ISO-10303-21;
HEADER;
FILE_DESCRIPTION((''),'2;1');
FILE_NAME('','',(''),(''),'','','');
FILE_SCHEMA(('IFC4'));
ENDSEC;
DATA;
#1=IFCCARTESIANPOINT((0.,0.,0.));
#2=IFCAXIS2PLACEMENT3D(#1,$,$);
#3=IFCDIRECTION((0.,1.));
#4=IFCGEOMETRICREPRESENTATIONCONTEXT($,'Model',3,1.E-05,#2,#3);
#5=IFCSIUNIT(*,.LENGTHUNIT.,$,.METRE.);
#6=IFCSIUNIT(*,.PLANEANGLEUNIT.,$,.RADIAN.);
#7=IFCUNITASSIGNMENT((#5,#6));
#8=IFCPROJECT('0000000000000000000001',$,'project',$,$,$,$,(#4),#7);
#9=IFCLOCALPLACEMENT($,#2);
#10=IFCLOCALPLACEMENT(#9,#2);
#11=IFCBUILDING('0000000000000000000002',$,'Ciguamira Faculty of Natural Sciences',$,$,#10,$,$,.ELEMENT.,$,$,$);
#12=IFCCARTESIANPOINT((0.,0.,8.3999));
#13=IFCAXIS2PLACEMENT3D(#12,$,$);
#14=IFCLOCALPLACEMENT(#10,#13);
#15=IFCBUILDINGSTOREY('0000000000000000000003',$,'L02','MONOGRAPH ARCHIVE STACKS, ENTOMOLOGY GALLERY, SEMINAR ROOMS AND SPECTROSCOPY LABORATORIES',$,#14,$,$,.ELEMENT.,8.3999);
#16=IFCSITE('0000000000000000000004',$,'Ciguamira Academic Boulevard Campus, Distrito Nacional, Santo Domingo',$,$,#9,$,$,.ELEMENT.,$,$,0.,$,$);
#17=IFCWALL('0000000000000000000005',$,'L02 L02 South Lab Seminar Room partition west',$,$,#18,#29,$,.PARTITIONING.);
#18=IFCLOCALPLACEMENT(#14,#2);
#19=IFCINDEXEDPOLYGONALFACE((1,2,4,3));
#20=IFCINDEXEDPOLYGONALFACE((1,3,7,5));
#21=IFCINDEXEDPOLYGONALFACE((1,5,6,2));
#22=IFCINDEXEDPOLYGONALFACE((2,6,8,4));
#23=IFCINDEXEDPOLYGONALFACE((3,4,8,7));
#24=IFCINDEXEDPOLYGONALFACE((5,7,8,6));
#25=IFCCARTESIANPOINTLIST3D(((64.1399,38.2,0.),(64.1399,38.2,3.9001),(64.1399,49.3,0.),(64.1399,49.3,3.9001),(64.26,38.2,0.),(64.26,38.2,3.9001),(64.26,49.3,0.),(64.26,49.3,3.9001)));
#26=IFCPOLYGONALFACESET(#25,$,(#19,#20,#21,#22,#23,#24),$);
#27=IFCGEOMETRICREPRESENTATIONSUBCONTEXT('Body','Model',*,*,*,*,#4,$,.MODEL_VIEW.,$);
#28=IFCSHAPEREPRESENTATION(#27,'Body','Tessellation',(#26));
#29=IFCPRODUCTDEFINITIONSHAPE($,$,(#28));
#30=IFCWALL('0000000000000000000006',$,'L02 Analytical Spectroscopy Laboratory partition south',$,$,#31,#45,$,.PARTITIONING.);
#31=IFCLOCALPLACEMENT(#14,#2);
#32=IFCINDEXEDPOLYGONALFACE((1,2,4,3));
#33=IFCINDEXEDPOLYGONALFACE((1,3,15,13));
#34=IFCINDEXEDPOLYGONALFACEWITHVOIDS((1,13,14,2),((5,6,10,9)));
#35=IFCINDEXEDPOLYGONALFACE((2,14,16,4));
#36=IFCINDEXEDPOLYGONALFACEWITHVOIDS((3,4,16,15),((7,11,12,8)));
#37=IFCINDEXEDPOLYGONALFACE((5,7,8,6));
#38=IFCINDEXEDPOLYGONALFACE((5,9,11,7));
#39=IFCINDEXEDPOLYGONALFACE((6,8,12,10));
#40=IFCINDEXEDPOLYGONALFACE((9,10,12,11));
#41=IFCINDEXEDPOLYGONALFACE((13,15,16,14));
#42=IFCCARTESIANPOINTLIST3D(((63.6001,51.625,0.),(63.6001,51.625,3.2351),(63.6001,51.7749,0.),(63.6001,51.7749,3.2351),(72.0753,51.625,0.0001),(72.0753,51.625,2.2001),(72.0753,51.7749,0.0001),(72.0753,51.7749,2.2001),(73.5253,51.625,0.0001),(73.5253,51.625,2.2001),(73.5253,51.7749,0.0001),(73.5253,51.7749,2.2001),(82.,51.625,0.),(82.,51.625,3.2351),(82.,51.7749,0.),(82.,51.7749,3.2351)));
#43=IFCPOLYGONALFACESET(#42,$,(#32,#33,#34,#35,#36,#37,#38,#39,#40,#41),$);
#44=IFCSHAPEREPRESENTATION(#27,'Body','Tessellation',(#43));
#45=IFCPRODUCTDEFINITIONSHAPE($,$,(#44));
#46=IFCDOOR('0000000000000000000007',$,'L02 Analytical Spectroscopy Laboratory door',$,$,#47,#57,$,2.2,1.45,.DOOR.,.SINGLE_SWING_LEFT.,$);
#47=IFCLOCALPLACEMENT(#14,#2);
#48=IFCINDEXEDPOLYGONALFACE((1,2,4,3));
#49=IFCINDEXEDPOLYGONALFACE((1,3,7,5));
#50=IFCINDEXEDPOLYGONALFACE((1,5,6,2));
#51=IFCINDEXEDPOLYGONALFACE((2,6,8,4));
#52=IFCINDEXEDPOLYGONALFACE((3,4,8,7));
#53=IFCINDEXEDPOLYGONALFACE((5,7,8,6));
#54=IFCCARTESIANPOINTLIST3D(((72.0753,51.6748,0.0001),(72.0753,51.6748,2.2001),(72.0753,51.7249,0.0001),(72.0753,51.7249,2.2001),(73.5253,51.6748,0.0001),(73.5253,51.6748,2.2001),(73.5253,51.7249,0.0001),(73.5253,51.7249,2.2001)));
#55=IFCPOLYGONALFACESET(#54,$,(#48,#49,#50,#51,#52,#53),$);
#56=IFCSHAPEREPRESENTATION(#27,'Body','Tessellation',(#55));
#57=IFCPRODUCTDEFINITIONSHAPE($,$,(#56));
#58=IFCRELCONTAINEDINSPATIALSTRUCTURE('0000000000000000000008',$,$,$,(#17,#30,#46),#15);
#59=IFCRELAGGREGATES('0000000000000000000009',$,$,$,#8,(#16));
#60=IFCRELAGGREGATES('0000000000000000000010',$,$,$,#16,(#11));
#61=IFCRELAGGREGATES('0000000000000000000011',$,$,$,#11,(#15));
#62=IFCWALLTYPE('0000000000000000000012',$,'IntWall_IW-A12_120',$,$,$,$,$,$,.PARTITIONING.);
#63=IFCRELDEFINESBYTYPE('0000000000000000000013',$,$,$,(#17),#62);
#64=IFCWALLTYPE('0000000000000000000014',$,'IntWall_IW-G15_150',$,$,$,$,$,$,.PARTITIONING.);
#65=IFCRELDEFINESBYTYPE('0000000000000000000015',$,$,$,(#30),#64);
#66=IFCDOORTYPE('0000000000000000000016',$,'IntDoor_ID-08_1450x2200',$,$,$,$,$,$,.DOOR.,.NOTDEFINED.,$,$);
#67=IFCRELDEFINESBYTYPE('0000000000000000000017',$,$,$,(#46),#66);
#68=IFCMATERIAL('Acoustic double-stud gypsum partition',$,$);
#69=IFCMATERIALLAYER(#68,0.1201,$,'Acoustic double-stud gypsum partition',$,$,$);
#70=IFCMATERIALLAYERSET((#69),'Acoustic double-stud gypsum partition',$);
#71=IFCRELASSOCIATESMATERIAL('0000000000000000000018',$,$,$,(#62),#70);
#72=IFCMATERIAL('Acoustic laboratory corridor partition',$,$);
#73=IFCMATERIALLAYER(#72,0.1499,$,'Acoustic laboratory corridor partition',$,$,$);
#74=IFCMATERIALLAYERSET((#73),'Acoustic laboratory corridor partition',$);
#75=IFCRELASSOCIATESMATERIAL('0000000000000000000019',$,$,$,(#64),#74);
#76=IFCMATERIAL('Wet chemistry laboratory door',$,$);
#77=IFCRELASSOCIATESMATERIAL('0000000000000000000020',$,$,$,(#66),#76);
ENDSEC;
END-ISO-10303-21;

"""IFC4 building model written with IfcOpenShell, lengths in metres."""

from ifc_helpers import new_model, si_unit, direction, frame, frame_2d, origin, place, context, subcontext, project, spatial, rectangle, extrude, material, layer, layer_set, type_object, element, fill, save


model = new_model("IFC4")

# Units and contexts
model_context = context("Model", 3, precision=1e-05, world=origin(), true_north=direction((0.0, 1.0)))
body_context = subcontext(model_context, "Body", "Model", "MODEL_VIEW")
ifc_project = project(units=[si_unit("LENGTHUNIT", "METRE"), si_unit("PLANEANGLEUNIT", "RADIAN")], contexts=[model_context])

# Site, building, storey
site_placement = place(None, origin())
site = spatial("IfcSite", under=ifc_project, at=site_placement, Name="Ciguamira Academic Boulevard Campus, Distrito Nacional, Santo Domingo", CompositionType="ELEMENT", RefElevation=0.0)
building_placement = place(site_placement, origin())
building = spatial("IfcBuilding", under=site, at=building_placement, Name="Ciguamira Faculty of Natural Sciences", CompositionType="ELEMENT")
storey_placement = place(building_placement, frame((0.0, 0.0, 8.3999)))
storey = spatial("IfcBuildingStorey", under=building, at=storey_placement, Name="L02", Description="MONOGRAPH ARCHIVE STACKS, ENTOMOLOGY GALLERY, SEMINAR ROOMS AND SPECTROSCOPY LABORATORIES", CompositionType="ELEMENT", Elevation=8.3999)

# Shared definitions
ifc_material_1 = material(Name="Acoustic double-stud gypsum partition")
ifc_layer_1 = layer(ifc_material_1, 0.1201, Name="Acoustic double-stud gypsum partition")
ifc_layer_set_1 = layer_set([ifc_layer_1], Name="Acoustic double-stud gypsum partition")
wall_type_1 = type_object("IfcWallType", Name="IntWall_IW-A12_120", PredefinedType="PARTITIONING", material=ifc_layer_set_1)

# Wall
wall_1_placement = place(storey_placement, frame((64.2, 38.2, 0.0), z_axis=(0.0, 0.0, 1.0), x_axis=(0.0, 1.0, 0.0)))
element("IfcWall", 1, at=wall_1_placement, inside=storey, type_object=wall_type_1, Name="L02 L02 South Lab Seminar Room partition west", PredefinedType="PARTITIONING", context=body_context, shape_type="SweptSolid", body=[
    extrude(rectangle(XDim=11.1001, YDim=0.1201, at=frame_2d((5.55, 0.0))), origin(), (0.0, 0.0, 1.0), 3.9001),
])

# Wall, opening, door
ifc_material_2 = material(Name="Acoustic laboratory corridor partition")
ifc_layer_2 = layer(ifc_material_2, 0.1499, Name="Acoustic laboratory corridor partition")
ifc_layer_set_2 = layer_set([ifc_layer_2], Name="Acoustic laboratory corridor partition")
wall_type_2 = type_object("IfcWallType", Name="IntWall_IW-G15_150", PredefinedType="PARTITIONING", material=ifc_layer_set_2)
wall_2_placement = place(storey_placement, frame((63.6001, 51.7, 0.0), z_axis=(0.0, 0.0, 1.0), x_axis=(1.0, 0.0, 0.0)))
wall_2 = element("IfcWall", 2, at=wall_2_placement, inside=storey, type_object=wall_type_2, Name="L02 Analytical Spectroscopy Laboratory partition south", PredefinedType="PARTITIONING", context=body_context, shape_type="SweptSolid", body=[
    extrude(rectangle(XDim=18.3999, YDim=0.1499, at=frame_2d((9.2, 0.0))), origin(), (0.0, 0.0, 1.0), 3.2351),
])
opening_1_placement = place(wall_2_placement, frame((8.4751, 0.0, 0.0)))
opening_1 = element("IfcOpeningElement", 3, at=opening_1_placement, cuts=wall_2, PredefinedType="OPENING", context=body_context, shape_type="SweptSolid", body=[
    extrude(rectangle(XDim=1.45, YDim=2.2, at=frame_2d((0.7251, 1.1001))), frame((0.0, 0.085, 0.0), z_axis=(0.0, -1.0, 0.0), x_axis=(1.0, 0.0, 0.0)), (0.0, 0.0, 1.0), 0.1699),
])
ifc_material_3 = material(Name="Wet chemistry laboratory door")
door_type_1 = type_object("IfcDoorType", Name="IntDoor_ID-08_1450x2200", OperationType="NOTDEFINED", PredefinedType="DOOR", material=ifc_material_3)
door_1_placement = place(opening_1_placement, origin())
door_1 = element("IfcDoor", 4, at=door_1_placement, inside=storey, type_object=door_type_1, Name="L02 Analytical Spectroscopy Laboratory door", OperationType="SINGLE_SWING_LEFT", OverallHeight=2.2, OverallWidth=1.45, PredefinedType="DOOR", context=body_context, shape_type="SweptSolid", body=[
    extrude(rectangle(XDim=1.45, YDim=2.2, at=frame_2d((0.7251, 1.1001))), frame((0.0, 0.0249, 0.0), z_axis=(0.0, -1.0, 0.0), x_axis=(1.0, 0.0, 0.0)), (0.0, 0.0, 1.0), 0.05),
])
fill(opening_1, door_1)

save(model, "model.ifc")
